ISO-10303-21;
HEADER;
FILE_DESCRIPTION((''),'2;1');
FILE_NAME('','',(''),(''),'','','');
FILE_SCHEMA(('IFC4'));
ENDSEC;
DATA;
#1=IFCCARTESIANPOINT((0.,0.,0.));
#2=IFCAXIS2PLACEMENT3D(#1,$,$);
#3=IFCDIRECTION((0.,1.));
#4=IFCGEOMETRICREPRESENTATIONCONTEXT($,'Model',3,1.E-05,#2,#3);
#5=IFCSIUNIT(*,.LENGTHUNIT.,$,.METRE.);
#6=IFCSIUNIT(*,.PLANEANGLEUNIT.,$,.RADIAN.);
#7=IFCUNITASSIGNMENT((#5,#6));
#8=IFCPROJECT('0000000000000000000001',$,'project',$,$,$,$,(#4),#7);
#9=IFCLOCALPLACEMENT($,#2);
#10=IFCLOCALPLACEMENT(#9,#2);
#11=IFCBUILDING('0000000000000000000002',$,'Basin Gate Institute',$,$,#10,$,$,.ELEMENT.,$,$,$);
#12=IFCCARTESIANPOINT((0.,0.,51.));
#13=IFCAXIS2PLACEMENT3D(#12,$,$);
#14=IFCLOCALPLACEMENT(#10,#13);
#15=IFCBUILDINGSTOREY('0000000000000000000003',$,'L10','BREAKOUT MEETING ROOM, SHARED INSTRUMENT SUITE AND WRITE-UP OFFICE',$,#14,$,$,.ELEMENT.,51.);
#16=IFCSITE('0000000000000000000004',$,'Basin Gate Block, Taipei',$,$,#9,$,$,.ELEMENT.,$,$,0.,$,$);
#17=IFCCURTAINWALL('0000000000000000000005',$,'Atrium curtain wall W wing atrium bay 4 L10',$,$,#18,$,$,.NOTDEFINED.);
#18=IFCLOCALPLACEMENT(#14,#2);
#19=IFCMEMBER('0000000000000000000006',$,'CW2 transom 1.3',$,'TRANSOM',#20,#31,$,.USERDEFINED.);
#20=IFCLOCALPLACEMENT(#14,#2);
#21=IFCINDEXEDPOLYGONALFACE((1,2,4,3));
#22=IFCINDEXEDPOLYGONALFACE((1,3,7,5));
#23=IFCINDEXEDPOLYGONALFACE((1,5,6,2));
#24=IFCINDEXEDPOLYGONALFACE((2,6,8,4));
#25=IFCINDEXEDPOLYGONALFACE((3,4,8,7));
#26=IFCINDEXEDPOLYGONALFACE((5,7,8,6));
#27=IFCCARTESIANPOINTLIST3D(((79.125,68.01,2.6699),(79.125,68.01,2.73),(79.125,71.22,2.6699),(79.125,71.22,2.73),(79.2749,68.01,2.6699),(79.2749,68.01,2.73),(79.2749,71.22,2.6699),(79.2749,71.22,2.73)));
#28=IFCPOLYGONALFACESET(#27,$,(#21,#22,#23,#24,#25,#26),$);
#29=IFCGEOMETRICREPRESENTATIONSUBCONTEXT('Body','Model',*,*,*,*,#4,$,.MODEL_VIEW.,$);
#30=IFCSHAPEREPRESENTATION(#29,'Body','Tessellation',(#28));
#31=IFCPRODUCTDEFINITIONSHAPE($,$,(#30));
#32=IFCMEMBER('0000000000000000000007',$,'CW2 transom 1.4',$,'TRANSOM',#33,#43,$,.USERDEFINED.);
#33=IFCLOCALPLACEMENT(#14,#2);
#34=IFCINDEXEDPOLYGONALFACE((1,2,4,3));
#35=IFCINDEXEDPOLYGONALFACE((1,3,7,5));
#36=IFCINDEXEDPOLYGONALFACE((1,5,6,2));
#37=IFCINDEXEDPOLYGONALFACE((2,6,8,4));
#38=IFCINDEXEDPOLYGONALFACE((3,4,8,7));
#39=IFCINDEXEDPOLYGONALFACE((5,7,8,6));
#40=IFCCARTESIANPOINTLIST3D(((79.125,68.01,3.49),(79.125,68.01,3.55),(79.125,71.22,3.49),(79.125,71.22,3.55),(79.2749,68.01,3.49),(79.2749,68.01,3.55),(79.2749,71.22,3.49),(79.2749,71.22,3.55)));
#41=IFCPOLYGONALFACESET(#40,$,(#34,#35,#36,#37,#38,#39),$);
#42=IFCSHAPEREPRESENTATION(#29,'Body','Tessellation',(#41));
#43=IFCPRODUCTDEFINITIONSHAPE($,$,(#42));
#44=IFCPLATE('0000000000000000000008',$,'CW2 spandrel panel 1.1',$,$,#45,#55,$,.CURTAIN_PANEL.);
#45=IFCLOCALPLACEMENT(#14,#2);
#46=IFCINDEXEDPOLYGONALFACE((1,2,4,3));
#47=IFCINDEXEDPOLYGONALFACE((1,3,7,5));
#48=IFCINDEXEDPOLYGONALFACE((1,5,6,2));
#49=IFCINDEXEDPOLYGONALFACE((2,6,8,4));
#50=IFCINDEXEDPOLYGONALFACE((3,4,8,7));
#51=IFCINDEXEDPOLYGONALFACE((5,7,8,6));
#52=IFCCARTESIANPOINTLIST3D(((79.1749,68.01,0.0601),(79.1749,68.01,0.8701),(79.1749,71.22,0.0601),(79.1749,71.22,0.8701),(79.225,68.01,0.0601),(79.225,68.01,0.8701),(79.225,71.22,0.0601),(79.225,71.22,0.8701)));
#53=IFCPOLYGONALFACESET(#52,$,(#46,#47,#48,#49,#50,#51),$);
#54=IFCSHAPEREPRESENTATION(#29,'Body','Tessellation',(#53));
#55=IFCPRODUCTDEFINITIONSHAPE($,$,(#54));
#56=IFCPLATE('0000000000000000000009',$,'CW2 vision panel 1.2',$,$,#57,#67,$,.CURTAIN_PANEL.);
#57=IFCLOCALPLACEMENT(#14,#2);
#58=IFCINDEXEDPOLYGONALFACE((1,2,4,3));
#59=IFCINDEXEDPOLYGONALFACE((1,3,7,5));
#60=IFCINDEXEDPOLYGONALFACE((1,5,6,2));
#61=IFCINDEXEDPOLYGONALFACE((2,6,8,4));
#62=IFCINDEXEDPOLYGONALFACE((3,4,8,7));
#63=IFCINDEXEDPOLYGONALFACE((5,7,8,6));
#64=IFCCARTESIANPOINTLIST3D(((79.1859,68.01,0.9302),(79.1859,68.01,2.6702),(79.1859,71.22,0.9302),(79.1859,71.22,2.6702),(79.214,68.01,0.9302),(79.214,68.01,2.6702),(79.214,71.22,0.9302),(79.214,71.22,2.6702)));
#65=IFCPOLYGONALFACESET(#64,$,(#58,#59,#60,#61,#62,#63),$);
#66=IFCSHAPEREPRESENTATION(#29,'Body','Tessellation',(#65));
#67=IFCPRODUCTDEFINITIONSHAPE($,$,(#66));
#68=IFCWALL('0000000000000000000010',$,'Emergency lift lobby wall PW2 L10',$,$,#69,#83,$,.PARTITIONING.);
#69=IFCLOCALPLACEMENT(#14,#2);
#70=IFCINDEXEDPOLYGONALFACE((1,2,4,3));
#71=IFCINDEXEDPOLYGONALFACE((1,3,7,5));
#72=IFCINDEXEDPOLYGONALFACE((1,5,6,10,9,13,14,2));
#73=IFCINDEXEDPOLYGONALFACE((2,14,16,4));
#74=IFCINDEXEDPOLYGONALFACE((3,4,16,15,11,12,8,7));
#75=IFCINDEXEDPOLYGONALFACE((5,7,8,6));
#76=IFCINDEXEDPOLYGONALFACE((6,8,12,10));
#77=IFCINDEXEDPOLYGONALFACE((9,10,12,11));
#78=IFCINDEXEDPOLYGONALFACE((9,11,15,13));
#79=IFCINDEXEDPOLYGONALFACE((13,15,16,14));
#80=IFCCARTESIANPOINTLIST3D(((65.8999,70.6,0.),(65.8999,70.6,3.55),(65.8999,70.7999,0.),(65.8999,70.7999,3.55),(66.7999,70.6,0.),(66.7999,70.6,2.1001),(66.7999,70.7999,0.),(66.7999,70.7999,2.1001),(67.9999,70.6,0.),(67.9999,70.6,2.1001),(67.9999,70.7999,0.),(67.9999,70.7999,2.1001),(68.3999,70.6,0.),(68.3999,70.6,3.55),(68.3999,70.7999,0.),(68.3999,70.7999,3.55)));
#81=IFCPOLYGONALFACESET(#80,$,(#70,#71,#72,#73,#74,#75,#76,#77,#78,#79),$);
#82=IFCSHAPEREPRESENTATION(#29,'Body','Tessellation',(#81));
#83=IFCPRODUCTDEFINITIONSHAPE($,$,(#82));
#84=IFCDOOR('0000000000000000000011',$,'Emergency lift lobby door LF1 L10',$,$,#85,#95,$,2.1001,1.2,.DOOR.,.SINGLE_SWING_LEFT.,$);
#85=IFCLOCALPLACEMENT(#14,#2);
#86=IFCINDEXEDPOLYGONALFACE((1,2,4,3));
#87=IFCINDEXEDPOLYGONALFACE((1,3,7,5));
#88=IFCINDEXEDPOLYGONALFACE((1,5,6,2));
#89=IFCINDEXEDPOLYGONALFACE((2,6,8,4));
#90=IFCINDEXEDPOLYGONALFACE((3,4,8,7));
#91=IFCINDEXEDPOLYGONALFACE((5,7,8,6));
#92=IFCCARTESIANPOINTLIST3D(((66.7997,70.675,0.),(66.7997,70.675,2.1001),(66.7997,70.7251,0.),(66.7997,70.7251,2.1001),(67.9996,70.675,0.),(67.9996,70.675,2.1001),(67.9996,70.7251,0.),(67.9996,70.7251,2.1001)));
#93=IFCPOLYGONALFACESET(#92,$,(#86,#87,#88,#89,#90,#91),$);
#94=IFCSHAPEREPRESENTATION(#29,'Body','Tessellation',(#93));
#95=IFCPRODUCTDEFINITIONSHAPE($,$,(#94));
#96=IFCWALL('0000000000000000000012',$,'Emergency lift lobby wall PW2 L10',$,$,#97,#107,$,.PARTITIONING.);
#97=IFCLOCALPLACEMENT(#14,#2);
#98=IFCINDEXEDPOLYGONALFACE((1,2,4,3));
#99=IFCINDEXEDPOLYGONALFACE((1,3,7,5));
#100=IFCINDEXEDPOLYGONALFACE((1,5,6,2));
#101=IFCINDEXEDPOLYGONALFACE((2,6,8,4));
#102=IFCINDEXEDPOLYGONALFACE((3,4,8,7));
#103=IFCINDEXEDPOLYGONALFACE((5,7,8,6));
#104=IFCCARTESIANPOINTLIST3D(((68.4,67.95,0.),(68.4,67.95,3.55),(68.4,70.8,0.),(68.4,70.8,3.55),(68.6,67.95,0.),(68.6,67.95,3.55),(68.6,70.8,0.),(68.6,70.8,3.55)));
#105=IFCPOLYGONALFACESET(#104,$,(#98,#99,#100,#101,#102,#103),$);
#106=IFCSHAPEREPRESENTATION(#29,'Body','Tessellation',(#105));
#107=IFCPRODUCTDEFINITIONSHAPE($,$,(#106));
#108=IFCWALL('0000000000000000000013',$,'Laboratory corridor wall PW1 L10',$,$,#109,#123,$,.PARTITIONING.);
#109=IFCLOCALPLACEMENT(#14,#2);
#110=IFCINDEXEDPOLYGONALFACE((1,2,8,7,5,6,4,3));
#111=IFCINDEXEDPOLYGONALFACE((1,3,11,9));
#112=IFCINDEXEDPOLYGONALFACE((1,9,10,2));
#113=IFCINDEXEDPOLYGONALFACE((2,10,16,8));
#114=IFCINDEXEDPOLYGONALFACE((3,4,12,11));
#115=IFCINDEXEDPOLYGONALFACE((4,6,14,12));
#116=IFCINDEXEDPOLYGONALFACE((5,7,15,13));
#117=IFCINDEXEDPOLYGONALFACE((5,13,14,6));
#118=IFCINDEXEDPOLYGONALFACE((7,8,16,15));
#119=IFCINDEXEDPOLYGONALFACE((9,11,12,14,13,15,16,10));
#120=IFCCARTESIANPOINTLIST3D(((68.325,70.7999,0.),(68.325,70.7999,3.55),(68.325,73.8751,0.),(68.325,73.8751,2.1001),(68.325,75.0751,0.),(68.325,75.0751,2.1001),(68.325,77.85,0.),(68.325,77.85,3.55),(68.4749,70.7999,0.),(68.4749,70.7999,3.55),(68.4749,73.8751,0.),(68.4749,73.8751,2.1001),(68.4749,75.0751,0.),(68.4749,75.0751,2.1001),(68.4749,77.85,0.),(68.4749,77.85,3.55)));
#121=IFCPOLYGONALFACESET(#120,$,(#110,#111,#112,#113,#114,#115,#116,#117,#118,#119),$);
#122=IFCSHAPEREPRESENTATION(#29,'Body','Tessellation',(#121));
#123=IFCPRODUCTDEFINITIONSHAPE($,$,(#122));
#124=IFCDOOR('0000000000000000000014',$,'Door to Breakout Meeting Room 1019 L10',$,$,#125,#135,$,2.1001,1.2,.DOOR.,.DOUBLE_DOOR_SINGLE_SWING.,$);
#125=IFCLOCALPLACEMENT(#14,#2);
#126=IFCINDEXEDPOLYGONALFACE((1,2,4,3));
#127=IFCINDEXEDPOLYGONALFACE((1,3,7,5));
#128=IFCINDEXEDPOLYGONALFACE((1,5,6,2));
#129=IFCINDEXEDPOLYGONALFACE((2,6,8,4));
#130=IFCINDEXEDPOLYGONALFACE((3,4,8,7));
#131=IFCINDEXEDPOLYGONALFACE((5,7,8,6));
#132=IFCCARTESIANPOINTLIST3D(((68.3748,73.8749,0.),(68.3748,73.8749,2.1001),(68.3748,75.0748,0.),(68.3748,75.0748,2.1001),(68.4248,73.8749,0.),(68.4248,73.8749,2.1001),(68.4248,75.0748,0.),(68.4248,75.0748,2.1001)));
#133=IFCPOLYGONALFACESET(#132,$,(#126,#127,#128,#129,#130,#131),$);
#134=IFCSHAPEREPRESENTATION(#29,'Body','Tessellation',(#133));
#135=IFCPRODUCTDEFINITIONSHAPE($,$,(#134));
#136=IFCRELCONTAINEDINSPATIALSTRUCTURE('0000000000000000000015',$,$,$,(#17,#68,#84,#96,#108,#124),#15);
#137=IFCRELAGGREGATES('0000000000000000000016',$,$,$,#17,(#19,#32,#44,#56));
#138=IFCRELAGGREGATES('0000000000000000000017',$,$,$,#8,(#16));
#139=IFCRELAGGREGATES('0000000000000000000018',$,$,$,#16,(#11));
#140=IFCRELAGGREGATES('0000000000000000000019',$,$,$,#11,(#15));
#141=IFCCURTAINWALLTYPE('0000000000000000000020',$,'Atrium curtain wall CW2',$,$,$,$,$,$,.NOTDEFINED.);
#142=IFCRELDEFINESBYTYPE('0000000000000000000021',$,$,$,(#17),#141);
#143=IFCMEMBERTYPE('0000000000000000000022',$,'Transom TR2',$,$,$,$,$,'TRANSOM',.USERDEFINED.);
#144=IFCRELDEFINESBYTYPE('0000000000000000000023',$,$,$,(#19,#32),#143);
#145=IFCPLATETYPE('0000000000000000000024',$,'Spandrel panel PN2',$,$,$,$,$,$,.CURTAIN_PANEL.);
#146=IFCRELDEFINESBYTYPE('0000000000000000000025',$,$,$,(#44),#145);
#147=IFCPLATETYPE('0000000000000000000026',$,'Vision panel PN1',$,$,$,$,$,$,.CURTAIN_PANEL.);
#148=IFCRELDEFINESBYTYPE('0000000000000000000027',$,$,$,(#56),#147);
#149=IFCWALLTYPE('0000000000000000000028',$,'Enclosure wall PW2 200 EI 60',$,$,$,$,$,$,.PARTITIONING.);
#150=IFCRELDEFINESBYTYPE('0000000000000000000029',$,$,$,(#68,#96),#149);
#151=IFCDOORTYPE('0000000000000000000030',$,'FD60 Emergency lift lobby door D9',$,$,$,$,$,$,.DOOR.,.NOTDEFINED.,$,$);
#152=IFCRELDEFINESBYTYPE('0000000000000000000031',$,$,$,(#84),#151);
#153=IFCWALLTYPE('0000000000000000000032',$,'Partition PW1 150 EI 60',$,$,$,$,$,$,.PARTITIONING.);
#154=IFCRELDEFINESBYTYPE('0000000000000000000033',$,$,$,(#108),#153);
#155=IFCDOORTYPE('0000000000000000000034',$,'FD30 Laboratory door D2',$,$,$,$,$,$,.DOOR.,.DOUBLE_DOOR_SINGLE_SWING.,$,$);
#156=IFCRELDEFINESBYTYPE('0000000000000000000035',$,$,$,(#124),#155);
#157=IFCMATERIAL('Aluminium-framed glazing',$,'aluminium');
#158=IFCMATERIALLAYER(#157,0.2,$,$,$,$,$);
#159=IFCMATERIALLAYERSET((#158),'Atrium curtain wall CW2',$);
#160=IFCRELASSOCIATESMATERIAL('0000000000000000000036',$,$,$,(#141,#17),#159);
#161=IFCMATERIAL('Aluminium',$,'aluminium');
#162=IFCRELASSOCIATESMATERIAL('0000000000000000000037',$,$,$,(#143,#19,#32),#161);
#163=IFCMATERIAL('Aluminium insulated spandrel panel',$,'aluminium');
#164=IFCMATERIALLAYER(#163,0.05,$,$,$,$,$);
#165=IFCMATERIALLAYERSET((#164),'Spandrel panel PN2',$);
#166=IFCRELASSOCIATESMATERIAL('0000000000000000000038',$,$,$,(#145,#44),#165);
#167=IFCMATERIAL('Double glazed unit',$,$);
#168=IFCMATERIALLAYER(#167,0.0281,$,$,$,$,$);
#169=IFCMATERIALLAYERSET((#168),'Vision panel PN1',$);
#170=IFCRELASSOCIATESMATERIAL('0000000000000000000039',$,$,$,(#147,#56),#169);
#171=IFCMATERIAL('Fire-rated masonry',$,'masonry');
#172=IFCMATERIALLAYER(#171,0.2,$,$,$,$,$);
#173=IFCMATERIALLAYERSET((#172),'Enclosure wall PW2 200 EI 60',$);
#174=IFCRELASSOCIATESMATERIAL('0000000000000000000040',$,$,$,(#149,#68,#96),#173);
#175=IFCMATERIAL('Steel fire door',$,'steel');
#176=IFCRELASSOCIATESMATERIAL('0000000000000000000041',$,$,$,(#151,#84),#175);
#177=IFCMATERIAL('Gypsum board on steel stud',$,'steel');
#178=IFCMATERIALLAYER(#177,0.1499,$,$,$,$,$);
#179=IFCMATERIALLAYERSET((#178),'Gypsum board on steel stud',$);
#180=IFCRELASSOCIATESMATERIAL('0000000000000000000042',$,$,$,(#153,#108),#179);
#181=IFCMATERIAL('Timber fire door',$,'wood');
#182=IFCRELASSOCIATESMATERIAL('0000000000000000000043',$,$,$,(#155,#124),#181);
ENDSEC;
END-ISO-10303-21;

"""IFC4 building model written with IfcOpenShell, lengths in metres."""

from ifc_helpers import new_model, si_unit, direction, frame, frame_2d, origin, origin_2d, place, context, subcontext, project, spatial, rectangle, extrude, material, layer, layer_set, material_profile, profile_set, type_object, element, fill, aggregate, save


model = new_model("IFC4")

# Units and contexts
model_context = context("Model", 3, precision=1e-05, world=origin(), true_north=direction((0.0, 1.0)))
body_context = subcontext(model_context, "Body", "Model", "MODEL_VIEW")
ifc_project = project(units=[si_unit("LENGTHUNIT", "METRE"), si_unit("PLANEANGLEUNIT", "RADIAN")], contexts=[model_context])

# Site, building, storey
site_placement = place(None, origin())
site = spatial("IfcSite", under=ifc_project, at=site_placement, Name="Basin Gate Block, Taipei", CompositionType="ELEMENT", RefElevation=0.0)
building_placement = place(site_placement, origin())
building = spatial("IfcBuilding", under=site, at=building_placement, Name="Basin Gate Institute", CompositionType="ELEMENT")
storey_placement = place(building_placement, frame((0.0, 0.0, 51.0)))
storey = spatial("IfcBuildingStorey", under=building, at=storey_placement, Name="L10", Description="BREAKOUT MEETING ROOM, SHARED INSTRUMENT SUITE AND WRITE-UP OFFICE", CompositionType="ELEMENT", Elevation=51.0)

# Curtain wall
ifc_material_1 = material(Name="Aluminium-framed glazing", Category="aluminium")
ifc_layer_1 = layer(ifc_material_1, 0.2)
ifc_layer_set_1 = layer_set([ifc_layer_1], Name="Atrium curtain wall CW2")
curtain_wall_type = type_object("IfcCurtainWallType", Name="Atrium curtain wall CW2", PredefinedType="NOTDEFINED", material=ifc_layer_set_1)
curtain_wall_placement = place(storey_placement, origin())
curtain_wall = element("IfcCurtainWall", 1, at=curtain_wall_placement, inside=storey, type_object=curtain_wall_type, material=ifc_layer_set_1, Name="Atrium curtain wall W wing atrium bay 4 L10", PredefinedType="NOTDEFINED")

# Members
ifc_material_2 = material(Name="Aluminium", Category="aluminium")
ifc_material_profile_1 = material_profile(ifc_material_2, rectangle(XDim=0.1499, YDim=0.0601, at=origin_2d()), Name="Transom TR2 150 x 60")
ifc_profile_set_1 = profile_set([ifc_material_profile_1], Name="Aluminium")
member_type_1 = type_object("IfcMemberType", Name="Transom TR2", ElementType="TRANSOM", PredefinedType="USERDEFINED", material=ifc_profile_set_1)
member_1_placement = place(storey_placement, frame((79.2, 68.01, 2.7), z_axis=(0.0, 1.0, 0.0), x_axis=(-1.0, 0.0, 0.0)))
member_1 = element("IfcMember", 2, at=member_1_placement, type_object=member_type_1, material=ifc_profile_set_1, Name="CW2 transom 1.3", ObjectType="TRANSOM", PredefinedType="USERDEFINED", context=body_context, shape_type="SweptSolid", body=[
    extrude(rectangle(XDim=0.1499, YDim=0.0601, at=origin_2d()), origin(), (0.0, 0.0, 1.0), 3.21),
])
member_2_placement = place(storey_placement, frame((79.2, 68.01, 3.52), z_axis=(0.0, 1.0, 0.0), x_axis=(-1.0, 0.0, 0.0)))
member_2 = element("IfcMember", 3, at=member_2_placement, type_object=member_type_1, material=ifc_profile_set_1, Name="CW2 transom 1.4", ObjectType="TRANSOM", PredefinedType="USERDEFINED", context=body_context, shape_type="SweptSolid", body=[
    extrude(rectangle(XDim=0.1499, YDim=0.0601, at=origin_2d()), origin(), (0.0, 0.0, 1.0), 3.21),
])

# Plates
ifc_material_3 = material(Name="Aluminium insulated spandrel panel", Category="aluminium")
ifc_layer_2 = layer(ifc_material_3, 0.05)
ifc_layer_set_2 = layer_set([ifc_layer_2], Name="Spandrel panel PN2")
plate_type_1 = type_object("IfcPlateType", Name="Spandrel panel PN2", PredefinedType="CURTAIN_PANEL", material=ifc_layer_set_2)
plate_1_placement = place(storey_placement, frame((79.2, 69.615, 0.0601), z_axis=(0.0, 0.0, 1.0), x_axis=(0.0, 1.0, 0.0)))
plate_1 = element("IfcPlate", 4, at=plate_1_placement, type_object=plate_type_1, material=ifc_layer_set_2, Name="CW2 spandrel panel 1.1", PredefinedType="CURTAIN_PANEL", context=body_context, shape_type="SweptSolid", body=[
    extrude(rectangle(XDim=3.21, YDim=0.05, at=origin_2d()), origin(), (0.0, 0.0, 1.0), 0.8101),
])
ifc_material_4 = material(Name="Double glazed unit")
ifc_layer_3 = layer(ifc_material_4, 0.0281)
ifc_layer_set_3 = layer_set([ifc_layer_3], Name="Vision panel PN1")
plate_type_2 = type_object("IfcPlateType", Name="Vision panel PN1", PredefinedType="CURTAIN_PANEL", material=ifc_layer_set_3)
plate_2_placement = place(storey_placement, frame((79.2, 69.615, 0.9302), z_axis=(0.0, 0.0, 1.0), x_axis=(0.0, 1.0, 0.0)))
plate_2 = element("IfcPlate", 5, at=plate_2_placement, type_object=plate_type_2, material=ifc_layer_set_3, Name="CW2 vision panel 1.2", PredefinedType="CURTAIN_PANEL", context=body_context, shape_type="SweptSolid", body=[
    extrude(rectangle(XDim=3.21, YDim=0.0281, at=origin_2d()), origin(), (0.0, 0.0, 1.0), 1.74),
])
aggregate(curtain_wall, [member_1, member_2, plate_1, plate_2])

# Wall, opening, door
ifc_material_5 = material(Name="Fire-rated masonry", Category="masonry")
ifc_layer_4 = layer(ifc_material_5, 0.2)
ifc_layer_set_4 = layer_set([ifc_layer_4], Name="Enclosure wall PW2 200 EI 60")
wall_type_1 = type_object("IfcWallType", Name="Enclosure wall PW2 200 EI 60", PredefinedType="PARTITIONING", material=ifc_layer_set_4)
wall_1_placement = place(storey_placement, frame((65.8999, 70.7, 0.0), z_axis=(0.0, 0.0, 1.0), x_axis=(1.0, 0.0, 0.0)))
wall_1 = element("IfcWall", 6, at=wall_1_placement, inside=storey, type_object=wall_type_1, material=ifc_layer_set_4, Name="Emergency lift lobby wall PW2 L10", PredefinedType="PARTITIONING", context=body_context, shape_type="SweptSolid", body=[
    extrude(rectangle(XDim=2.5, YDim=0.2, at=frame_2d((1.25, 0.0))), origin(), (0.0, 0.0, 1.0), 3.55),
])
opening_1_placement = place(wall_1_placement, frame((0.8999, 0.0, 0.0)))
opening_1 = element("IfcOpeningElement", 7, at=opening_1_placement, cuts=wall_1, PredefinedType="OPENING", context=body_context, shape_type="SweptSolid", body=[
    extrude(rectangle(XDim=1.2, YDim=2.1001, at=frame_2d((0.6001, 1.05))), frame((0.0, 0.1099, 0.0), z_axis=(0.0, -1.0, 0.0), x_axis=(1.0, 0.0, 0.0)), (0.0, 0.0, 1.0), 0.22),
])
ifc_material_6 = material(Name="Steel fire door", Category="steel")
door_type_1 = type_object("IfcDoorType", Name="FD60 Emergency lift lobby door D9", OperationType="NOTDEFINED", PredefinedType="DOOR", material=ifc_material_6)
door_1_placement = place(opening_1_placement, frame((1.2, 0.0, 0.0), z_axis=(0.0, 0.0, 1.0), x_axis=(-1.0, 0.0, 0.0)))
door_1 = element("IfcDoor", 8, at=door_1_placement, inside=storey, type_object=door_type_1, material=ifc_material_6, Name="Emergency lift lobby door LF1 L10", OperationType="SINGLE_SWING_LEFT", OverallHeight=2.1001, OverallWidth=1.2, PredefinedType="DOOR", context=body_context, shape_type="SweptSolid", body=[
    extrude(rectangle(XDim=1.2, YDim=2.1001, at=frame_2d((0.6001, 1.05))), frame((0.0, 0.0249, 0.0), z_axis=(0.0, -1.0, 0.0), x_axis=(1.0, 0.0, 0.0)), (0.0, 0.0, 1.0), 0.05),
])
fill(opening_1, door_1)

# Wall
wall_2_placement = place(storey_placement, frame((68.5, 67.95, 0.0), z_axis=(0.0, 0.0, 1.0), x_axis=(0.0, 1.0, 0.0)))
element("IfcWall", 9, at=wall_2_placement, inside=storey, type_object=wall_type_1, material=ifc_layer_set_4, Name="Emergency lift lobby wall PW2 L10", PredefinedType="PARTITIONING", context=body_context, shape_type="SweptSolid", body=[
    extrude(rectangle(XDim=2.8501, YDim=0.2, at=frame_2d((1.425, 0.0))), origin(), (0.0, 0.0, 1.0), 3.55),
])

# Wall, opening, door
ifc_material_7 = material(Name="Gypsum board on steel stud", Category="steel")
ifc_layer_5 = layer(ifc_material_7, 0.1499)
ifc_layer_set_5 = layer_set([ifc_layer_5], Name="Gypsum board on steel stud")
wall_type_2 = type_object("IfcWallType", Name="Partition PW1 150 EI 60", PredefinedType="PARTITIONING", material=ifc_layer_set_5)
wall_3_placement = place(storey_placement, frame((68.3999, 70.8, 0.0), z_axis=(0.0, 0.0, 1.0), x_axis=(0.0, 1.0, 0.0)))
wall_3 = element("IfcWall", 10, at=wall_3_placement, inside=storey, type_object=wall_type_2, material=ifc_layer_set_5, Name="Laboratory corridor wall PW1 L10", PredefinedType="PARTITIONING", context=body_context, shape_type="SweptSolid", body=[
    extrude(rectangle(XDim=7.05, YDim=0.1499, at=frame_2d((3.5249, 0.0))), origin(), (0.0, 0.0, 1.0), 3.55),
])
opening_2_placement = place(wall_3_placement, frame((3.075, 0.0, 0.0)))
opening_2 = element("IfcOpeningElement", 11, at=opening_2_placement, cuts=wall_3, PredefinedType="OPENING", context=body_context, shape_type="SweptSolid", body=[
    extrude(rectangle(XDim=1.2, YDim=2.1001, at=frame_2d((0.6001, 1.05))), frame((0.0, 0.085, 0.0), z_axis=(0.0, -1.0, 0.0), x_axis=(1.0, 0.0, 0.0)), (0.0, 0.0, 1.0), 0.1699),
])
ifc_material_8 = material(Name="Timber fire door", Category="wood")
door_type_2 = type_object("IfcDoorType", Name="FD30 Laboratory door D2", OperationType="DOUBLE_DOOR_SINGLE_SWING", PredefinedType="DOOR", material=ifc_material_8)
door_2_placement = place(opening_2_placement, frame((1.2, 0.0, 0.0), z_axis=(0.0, 0.0, 1.0), x_axis=(-1.0, 0.0, 0.0)))
door_2 = element("IfcDoor", 12, at=door_2_placement, inside=storey, type_object=door_type_2, material=ifc_material_8, Name="Door to Breakout Meeting Room 1019 L10", OperationType="DOUBLE_DOOR_SINGLE_SWING", OverallHeight=2.1001, OverallWidth=1.2, PredefinedType="DOOR", context=body_context, shape_type="SweptSolid", body=[
    extrude(rectangle(XDim=1.2, YDim=2.1001, at=frame_2d((0.6001, 1.05))), frame((0.0, 0.0249, 0.0), z_axis=(0.0, -1.0, 0.0), x_axis=(1.0, 0.0, 0.0)), (0.0, 0.0, 1.0), 0.05),
])
fill(opening_2, door_2)

save(model, "model.ifc")
